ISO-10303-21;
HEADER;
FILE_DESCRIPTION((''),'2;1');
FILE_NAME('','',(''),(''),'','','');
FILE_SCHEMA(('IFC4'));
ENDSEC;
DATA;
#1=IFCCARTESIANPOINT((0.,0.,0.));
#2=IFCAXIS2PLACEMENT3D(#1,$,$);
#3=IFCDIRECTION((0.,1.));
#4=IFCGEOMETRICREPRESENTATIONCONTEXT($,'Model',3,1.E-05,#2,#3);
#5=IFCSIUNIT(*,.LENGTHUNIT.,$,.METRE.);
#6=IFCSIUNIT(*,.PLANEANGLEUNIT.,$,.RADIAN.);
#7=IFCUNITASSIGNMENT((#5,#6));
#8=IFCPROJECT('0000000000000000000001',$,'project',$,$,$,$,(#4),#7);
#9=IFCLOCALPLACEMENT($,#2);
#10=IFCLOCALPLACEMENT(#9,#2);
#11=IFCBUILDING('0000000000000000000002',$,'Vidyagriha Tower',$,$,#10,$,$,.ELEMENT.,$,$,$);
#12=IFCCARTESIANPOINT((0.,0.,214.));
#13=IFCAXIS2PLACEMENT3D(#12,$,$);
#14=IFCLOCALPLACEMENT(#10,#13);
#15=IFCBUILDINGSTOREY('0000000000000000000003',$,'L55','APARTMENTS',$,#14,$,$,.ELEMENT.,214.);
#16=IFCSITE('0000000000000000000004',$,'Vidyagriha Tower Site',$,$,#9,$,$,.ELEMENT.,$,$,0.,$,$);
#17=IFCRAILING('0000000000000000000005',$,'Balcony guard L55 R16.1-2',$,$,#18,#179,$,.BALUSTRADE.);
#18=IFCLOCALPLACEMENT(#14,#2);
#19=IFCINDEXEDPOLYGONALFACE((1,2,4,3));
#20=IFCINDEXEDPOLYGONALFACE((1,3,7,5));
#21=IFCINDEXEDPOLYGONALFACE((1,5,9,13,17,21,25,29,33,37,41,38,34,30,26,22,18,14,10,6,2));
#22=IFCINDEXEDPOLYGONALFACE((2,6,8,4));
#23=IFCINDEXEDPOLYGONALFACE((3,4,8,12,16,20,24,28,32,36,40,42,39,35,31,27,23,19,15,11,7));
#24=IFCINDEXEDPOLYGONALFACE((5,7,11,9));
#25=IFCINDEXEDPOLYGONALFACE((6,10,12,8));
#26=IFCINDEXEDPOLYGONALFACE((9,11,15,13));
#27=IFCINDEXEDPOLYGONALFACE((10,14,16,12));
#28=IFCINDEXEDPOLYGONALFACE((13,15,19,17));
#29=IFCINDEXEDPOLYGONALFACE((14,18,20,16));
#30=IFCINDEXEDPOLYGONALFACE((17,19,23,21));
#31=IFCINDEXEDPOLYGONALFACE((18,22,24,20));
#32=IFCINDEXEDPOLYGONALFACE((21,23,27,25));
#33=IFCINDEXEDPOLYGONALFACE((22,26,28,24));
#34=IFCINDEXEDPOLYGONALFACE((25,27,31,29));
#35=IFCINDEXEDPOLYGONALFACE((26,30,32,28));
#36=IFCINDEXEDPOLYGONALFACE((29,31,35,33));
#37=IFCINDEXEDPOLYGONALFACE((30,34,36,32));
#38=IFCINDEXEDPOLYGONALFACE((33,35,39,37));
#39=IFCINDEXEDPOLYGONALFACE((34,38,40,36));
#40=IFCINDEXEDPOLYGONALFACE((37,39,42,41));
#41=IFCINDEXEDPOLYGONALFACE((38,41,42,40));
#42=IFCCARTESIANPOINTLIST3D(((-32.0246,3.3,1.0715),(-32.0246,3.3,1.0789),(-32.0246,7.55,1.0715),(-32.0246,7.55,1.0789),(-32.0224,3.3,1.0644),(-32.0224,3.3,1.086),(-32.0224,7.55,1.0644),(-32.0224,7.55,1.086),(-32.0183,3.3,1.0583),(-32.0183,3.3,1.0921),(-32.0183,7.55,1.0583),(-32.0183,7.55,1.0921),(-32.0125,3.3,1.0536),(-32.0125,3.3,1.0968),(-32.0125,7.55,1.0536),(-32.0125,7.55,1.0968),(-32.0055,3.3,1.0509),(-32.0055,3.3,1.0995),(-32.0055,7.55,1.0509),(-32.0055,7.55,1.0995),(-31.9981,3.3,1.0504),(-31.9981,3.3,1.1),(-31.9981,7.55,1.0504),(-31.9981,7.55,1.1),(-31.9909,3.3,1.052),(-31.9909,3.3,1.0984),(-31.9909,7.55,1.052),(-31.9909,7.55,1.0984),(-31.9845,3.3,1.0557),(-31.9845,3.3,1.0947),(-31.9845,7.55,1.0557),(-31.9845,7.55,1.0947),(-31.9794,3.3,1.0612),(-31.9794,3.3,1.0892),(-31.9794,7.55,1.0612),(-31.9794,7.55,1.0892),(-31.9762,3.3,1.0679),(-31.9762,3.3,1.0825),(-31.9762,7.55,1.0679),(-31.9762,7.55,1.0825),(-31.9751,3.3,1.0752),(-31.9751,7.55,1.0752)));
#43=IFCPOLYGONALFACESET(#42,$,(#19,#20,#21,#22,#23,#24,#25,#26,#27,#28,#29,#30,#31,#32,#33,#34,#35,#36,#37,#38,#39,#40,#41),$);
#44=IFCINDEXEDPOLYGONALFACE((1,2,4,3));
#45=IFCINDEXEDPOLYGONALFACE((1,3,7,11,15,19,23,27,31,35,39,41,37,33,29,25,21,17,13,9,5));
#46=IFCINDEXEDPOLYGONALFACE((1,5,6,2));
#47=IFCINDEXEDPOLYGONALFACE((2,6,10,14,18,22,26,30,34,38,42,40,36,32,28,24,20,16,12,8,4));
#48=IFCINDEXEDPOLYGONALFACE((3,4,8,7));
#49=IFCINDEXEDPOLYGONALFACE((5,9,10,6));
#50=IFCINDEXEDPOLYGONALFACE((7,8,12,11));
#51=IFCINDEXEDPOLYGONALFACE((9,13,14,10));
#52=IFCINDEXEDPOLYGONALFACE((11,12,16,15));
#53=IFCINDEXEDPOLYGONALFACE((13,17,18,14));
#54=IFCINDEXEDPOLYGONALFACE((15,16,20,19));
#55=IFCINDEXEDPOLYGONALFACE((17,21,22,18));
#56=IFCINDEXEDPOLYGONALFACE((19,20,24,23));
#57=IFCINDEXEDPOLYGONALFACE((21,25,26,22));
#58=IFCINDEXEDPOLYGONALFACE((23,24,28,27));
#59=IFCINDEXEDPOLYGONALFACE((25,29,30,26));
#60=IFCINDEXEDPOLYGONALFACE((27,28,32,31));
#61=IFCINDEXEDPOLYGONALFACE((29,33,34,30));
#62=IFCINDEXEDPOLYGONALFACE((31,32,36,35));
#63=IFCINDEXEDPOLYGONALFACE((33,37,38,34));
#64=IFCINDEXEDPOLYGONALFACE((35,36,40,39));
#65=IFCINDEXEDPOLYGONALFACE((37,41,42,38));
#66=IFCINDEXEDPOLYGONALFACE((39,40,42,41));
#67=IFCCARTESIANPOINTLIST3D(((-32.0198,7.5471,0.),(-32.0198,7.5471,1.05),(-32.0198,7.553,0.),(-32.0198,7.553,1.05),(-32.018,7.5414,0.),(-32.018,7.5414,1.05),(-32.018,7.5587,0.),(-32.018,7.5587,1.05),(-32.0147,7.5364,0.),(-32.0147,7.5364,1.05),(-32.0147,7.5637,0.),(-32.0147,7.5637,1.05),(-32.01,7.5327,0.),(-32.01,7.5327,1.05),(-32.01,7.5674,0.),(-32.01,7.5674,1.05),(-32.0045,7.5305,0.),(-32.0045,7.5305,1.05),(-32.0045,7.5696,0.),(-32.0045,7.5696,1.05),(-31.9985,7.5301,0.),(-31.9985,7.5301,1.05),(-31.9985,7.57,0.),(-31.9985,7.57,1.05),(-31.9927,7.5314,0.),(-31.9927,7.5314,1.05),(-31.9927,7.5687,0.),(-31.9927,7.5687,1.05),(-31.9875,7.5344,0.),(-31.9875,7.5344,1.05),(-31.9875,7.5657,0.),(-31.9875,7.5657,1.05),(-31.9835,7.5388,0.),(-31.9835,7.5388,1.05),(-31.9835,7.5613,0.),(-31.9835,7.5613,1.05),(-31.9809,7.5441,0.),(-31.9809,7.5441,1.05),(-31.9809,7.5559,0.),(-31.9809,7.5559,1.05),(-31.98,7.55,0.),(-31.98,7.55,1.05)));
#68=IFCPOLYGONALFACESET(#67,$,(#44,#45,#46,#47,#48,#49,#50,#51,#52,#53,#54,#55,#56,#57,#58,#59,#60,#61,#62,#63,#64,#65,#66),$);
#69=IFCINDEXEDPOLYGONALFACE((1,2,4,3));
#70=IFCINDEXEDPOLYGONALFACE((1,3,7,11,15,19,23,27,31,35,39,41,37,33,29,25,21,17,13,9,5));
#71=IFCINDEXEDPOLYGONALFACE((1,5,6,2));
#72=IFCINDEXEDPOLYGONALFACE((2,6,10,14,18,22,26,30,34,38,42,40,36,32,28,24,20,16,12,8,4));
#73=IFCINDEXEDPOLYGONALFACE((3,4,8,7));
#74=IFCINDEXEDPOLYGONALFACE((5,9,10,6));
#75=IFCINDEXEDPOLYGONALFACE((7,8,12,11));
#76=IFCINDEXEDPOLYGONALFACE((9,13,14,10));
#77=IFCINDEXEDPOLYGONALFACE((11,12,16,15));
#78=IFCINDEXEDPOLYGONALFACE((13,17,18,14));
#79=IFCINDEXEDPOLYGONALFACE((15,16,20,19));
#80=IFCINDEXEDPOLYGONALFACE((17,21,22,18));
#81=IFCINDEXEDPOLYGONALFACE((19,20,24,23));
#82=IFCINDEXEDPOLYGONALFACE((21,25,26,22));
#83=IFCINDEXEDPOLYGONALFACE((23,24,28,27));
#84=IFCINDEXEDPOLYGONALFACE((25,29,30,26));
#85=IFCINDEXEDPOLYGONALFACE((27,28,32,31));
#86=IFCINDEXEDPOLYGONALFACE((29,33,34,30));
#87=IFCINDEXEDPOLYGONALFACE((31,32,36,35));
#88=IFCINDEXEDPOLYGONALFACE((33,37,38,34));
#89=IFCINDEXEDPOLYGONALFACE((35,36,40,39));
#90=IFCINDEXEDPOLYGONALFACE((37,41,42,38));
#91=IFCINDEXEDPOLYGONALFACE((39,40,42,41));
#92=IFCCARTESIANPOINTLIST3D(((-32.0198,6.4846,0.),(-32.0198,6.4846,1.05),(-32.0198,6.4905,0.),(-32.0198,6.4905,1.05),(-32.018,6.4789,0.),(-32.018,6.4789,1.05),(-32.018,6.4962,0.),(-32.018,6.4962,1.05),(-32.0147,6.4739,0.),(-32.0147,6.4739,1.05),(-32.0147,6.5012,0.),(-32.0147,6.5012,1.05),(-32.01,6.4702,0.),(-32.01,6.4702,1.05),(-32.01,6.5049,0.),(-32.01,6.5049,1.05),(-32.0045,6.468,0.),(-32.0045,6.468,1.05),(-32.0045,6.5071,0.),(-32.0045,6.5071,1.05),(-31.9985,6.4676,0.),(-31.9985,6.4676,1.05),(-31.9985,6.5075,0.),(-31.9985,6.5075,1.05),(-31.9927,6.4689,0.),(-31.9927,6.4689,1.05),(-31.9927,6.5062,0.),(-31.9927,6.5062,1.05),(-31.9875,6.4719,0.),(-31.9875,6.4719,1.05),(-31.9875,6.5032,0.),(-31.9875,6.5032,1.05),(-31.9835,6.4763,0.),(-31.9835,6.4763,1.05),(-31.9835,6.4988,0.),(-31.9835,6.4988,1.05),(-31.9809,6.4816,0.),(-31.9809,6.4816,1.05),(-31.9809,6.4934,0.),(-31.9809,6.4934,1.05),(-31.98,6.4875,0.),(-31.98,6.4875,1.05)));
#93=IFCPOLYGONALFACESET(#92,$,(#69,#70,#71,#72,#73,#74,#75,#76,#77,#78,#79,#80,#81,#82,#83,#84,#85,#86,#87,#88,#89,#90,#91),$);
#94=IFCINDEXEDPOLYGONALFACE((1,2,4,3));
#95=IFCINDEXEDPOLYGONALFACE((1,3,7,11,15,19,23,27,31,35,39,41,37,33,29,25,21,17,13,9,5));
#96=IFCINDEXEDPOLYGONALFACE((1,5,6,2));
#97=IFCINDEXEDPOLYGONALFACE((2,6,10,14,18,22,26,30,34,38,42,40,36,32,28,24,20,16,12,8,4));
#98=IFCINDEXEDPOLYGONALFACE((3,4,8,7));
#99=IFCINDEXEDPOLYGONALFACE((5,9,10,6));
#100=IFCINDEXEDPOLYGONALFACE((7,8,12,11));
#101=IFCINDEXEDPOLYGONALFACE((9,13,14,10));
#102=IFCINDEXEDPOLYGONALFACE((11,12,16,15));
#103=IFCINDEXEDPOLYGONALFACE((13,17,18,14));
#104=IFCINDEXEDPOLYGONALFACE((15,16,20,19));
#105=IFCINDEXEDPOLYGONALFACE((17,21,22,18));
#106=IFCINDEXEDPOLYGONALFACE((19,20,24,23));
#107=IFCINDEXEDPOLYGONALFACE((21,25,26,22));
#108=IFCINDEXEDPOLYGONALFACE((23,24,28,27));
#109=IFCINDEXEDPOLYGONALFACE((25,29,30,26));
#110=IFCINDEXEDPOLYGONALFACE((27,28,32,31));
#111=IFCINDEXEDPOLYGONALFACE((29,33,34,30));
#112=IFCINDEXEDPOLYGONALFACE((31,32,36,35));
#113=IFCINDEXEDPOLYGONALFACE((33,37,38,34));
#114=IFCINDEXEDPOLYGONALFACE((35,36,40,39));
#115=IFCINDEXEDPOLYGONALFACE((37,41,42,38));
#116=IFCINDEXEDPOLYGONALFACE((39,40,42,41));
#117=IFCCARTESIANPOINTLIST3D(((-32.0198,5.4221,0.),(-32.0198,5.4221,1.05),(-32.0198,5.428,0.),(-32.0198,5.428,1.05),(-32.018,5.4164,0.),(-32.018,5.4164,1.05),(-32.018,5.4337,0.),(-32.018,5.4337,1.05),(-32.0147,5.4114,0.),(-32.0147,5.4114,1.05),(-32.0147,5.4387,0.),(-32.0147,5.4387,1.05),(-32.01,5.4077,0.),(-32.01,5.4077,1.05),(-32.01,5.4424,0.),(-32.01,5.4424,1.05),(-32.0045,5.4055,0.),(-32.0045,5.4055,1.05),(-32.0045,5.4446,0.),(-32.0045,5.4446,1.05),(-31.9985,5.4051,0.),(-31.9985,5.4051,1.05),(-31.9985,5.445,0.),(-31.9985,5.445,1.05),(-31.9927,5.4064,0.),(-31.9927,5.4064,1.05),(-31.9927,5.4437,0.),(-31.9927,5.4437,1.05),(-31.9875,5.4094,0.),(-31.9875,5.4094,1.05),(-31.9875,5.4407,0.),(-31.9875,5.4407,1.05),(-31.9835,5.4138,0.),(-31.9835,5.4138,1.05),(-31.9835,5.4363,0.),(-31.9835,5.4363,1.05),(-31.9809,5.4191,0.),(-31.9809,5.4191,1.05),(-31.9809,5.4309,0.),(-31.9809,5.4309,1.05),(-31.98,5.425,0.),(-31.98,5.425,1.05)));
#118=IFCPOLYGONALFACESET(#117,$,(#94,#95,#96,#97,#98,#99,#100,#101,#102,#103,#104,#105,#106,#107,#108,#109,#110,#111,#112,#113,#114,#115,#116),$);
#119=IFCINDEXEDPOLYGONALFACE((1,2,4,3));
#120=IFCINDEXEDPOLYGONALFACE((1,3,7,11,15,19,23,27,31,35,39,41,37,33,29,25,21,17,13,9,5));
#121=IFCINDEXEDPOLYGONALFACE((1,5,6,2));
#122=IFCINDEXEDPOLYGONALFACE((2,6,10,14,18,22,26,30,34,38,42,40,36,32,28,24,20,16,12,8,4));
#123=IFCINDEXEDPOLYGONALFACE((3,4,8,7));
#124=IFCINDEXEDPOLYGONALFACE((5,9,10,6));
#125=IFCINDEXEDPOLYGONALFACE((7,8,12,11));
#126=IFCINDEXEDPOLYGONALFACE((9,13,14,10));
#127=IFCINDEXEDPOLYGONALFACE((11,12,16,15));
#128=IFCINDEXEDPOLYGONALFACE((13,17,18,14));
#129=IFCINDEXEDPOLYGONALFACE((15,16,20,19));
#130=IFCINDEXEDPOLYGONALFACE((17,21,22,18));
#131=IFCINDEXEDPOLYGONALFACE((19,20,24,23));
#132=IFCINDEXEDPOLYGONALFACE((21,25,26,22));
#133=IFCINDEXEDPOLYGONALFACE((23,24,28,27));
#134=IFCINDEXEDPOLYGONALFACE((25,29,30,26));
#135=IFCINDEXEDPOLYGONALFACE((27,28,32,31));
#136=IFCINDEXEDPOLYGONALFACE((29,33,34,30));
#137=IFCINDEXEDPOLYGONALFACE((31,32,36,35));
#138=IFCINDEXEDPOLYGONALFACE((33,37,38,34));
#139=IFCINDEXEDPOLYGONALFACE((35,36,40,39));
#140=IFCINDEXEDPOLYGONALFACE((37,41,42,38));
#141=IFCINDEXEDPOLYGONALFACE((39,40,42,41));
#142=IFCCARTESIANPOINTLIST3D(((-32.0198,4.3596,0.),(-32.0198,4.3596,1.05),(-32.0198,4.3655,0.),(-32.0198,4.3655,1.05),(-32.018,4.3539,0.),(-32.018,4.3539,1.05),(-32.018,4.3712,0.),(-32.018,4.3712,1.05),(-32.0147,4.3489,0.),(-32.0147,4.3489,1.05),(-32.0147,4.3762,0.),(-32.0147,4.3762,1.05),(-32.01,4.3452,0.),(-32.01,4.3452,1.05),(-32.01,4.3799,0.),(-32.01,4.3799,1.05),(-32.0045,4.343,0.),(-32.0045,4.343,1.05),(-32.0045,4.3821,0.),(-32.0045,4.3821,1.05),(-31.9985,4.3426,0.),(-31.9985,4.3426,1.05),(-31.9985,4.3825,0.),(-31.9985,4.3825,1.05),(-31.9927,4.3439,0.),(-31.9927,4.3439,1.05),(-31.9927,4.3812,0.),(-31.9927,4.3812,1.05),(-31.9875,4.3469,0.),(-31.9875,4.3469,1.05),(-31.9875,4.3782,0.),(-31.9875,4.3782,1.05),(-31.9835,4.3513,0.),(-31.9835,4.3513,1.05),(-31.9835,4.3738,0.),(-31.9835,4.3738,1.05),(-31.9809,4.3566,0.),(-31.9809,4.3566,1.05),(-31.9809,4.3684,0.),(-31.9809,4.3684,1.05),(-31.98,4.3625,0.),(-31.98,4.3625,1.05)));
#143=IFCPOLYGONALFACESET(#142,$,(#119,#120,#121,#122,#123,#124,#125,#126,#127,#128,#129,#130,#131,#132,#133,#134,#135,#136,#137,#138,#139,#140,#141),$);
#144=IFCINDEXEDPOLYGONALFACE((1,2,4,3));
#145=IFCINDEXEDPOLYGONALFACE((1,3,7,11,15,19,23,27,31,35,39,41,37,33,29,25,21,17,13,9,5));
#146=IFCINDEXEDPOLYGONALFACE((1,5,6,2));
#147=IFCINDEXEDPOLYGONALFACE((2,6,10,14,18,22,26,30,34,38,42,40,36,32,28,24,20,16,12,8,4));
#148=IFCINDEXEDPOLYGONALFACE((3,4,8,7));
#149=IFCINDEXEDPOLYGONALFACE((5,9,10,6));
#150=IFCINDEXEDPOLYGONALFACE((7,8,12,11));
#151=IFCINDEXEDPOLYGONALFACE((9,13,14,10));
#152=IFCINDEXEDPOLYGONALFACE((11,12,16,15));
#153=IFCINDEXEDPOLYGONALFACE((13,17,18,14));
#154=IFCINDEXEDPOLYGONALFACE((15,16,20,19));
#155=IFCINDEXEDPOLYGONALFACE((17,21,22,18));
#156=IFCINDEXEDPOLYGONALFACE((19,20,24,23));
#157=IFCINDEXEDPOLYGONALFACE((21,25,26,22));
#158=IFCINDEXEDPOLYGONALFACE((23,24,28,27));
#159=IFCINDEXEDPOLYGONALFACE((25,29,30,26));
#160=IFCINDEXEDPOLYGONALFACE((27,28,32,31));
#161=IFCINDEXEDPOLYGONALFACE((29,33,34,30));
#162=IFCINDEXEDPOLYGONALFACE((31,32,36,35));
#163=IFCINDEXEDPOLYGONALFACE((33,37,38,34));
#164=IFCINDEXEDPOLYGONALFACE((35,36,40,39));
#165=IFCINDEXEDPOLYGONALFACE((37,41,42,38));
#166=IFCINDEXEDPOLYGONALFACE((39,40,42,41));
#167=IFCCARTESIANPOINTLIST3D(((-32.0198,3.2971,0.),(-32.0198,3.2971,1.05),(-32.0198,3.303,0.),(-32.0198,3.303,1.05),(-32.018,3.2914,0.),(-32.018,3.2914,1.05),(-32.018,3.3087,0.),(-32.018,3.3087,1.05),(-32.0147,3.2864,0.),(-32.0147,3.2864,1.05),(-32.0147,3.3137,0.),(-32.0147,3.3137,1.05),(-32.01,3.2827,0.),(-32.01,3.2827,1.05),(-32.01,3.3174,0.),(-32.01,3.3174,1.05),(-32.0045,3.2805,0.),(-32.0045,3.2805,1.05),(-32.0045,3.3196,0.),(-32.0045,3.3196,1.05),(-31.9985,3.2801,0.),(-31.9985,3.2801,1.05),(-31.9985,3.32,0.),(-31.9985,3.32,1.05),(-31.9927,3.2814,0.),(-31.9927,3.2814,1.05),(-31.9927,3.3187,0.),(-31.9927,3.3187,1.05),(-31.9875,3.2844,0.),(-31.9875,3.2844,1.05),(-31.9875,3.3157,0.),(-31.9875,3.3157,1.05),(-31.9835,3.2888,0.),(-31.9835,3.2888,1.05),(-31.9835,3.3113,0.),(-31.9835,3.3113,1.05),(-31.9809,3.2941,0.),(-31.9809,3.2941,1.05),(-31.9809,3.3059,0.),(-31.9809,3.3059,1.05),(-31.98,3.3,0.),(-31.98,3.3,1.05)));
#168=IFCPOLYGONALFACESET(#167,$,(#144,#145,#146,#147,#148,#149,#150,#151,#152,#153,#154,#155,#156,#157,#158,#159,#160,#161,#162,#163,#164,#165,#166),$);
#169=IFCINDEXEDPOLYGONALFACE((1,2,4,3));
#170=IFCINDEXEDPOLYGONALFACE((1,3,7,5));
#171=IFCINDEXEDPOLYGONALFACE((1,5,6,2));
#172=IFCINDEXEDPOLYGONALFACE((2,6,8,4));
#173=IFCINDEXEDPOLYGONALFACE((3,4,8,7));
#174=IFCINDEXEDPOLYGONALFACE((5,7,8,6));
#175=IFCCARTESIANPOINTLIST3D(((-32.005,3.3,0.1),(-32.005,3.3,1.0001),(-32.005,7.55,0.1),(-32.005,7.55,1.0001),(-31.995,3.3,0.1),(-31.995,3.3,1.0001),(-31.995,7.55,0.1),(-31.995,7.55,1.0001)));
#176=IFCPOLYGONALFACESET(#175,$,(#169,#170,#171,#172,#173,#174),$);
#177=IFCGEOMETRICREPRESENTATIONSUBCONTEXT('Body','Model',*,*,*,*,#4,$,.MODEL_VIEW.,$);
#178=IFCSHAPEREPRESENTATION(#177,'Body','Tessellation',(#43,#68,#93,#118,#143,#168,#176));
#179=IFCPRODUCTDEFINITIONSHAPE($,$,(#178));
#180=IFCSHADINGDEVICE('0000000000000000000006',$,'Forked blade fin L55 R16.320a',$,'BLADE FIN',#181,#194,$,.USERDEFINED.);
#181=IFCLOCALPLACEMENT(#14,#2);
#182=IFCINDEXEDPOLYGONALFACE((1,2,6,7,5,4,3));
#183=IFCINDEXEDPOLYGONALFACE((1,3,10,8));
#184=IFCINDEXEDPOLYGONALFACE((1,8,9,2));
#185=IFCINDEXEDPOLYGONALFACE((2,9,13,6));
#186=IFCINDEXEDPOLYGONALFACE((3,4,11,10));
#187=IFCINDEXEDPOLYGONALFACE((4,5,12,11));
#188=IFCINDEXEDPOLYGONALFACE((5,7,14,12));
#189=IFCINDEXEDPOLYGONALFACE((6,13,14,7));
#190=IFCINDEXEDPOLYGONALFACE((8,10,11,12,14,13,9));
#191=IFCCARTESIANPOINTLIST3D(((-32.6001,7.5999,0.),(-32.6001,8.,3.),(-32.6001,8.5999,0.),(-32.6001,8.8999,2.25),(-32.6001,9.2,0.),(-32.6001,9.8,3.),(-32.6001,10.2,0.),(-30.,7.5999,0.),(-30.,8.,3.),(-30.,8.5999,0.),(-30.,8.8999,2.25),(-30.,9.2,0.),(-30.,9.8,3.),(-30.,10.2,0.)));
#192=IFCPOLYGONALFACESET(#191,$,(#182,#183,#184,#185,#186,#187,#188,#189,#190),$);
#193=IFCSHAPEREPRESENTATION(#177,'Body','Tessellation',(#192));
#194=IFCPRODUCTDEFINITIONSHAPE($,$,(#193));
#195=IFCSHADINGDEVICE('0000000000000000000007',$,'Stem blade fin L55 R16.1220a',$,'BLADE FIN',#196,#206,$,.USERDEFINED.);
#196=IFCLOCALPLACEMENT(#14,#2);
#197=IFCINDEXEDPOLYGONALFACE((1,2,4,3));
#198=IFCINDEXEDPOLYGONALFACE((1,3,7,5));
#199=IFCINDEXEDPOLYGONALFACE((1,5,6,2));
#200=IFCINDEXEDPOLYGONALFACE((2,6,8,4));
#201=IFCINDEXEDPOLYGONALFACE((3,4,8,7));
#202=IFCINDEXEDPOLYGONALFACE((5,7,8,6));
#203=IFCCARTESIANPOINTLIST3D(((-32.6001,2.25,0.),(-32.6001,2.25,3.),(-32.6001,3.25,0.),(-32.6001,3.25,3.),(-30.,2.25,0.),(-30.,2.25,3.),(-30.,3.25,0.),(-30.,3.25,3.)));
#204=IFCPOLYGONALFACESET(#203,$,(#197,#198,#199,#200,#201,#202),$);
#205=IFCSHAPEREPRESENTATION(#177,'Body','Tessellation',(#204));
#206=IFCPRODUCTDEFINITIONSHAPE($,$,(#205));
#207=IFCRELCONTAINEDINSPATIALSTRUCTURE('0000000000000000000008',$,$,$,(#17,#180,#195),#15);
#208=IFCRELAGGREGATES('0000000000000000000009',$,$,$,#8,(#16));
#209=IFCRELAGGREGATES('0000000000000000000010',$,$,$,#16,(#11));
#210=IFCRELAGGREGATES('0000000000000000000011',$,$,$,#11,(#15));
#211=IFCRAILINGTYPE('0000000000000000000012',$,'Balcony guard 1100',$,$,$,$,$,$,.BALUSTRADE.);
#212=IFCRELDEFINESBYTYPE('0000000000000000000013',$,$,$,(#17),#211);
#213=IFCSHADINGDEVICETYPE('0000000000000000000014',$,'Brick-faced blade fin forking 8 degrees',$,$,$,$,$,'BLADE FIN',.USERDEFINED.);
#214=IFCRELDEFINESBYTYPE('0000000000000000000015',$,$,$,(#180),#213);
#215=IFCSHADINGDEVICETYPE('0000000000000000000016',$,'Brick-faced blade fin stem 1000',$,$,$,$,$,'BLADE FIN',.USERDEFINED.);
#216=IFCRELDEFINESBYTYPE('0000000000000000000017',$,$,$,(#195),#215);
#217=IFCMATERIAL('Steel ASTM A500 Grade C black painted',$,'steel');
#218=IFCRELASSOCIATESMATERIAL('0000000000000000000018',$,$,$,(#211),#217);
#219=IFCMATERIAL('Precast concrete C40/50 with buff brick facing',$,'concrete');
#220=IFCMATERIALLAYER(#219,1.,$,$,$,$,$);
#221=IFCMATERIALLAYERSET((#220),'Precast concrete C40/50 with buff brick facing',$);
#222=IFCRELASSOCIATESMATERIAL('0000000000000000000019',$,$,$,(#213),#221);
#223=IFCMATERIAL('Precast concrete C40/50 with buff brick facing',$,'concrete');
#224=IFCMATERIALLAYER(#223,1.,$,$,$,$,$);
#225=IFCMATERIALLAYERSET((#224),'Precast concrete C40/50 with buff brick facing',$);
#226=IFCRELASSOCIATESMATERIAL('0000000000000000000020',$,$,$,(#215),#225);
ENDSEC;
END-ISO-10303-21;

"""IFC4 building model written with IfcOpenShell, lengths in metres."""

from ifc_helpers import new_model, si_unit, direction, frame, origin, origin_2d, place, context, subcontext, project, spatial, polyline, rectangle, circle, outline, extrude, material, layer, layer_set, type_object, element, save


model = new_model("IFC4")

# Units and contexts
model_context = context("Model", 3, precision=1e-05, world=origin(), true_north=direction((0.0, 1.0)))
body_context = subcontext(model_context, "Body", "Model", "MODEL_VIEW")
ifc_project = project(units=[si_unit("LENGTHUNIT", "METRE"), si_unit("PLANEANGLEUNIT", "RADIAN")], contexts=[model_context])

# Site, building, storey
site_placement = place(None, origin())
site = spatial("IfcSite", under=ifc_project, at=site_placement, Name="Vidyagriha Tower Site", CompositionType="ELEMENT", RefElevation=0.0)
building_placement = place(site_placement, origin())
building = spatial("IfcBuilding", under=site, at=building_placement, Name="Vidyagriha Tower", CompositionType="ELEMENT")
storey_placement = place(building_placement, frame((0.0, 0.0, 214.0)))
storey = spatial("IfcBuildingStorey", under=building, at=storey_placement, Name="L55", Description="APARTMENTS", CompositionType="ELEMENT", Elevation=214.0)

# Railing
ifc_material_1 = material(Name="Steel ASTM A500 Grade C black painted", Category="steel")
railing_type_1 = type_object("IfcRailingType", Name="Balcony guard 1100", PredefinedType="BALUSTRADE", material=ifc_material_1)
railing_1_placement = place(storey_placement, frame((-32.0, 7.55, 0.0)))
element("IfcRailing", 1, at=railing_1_placement, inside=storey, type_object=railing_type_1, Name="Balcony guard L55 R16.1-2", PredefinedType="BALUSTRADE", context=body_context, shape_type="SweptSolid", body=[
    extrude(circle(Radius=0.0249, at=origin_2d()), frame((0.0, 0.0, 1.0752), z_axis=(0.0, -1.0, 0.0), x_axis=(1.0, 0.0, 0.0)), (0.0, 0.0, 1.0), 4.25),
    extrude(circle(Radius=0.02, at=origin_2d()), origin(), (0.0, 0.0, 1.0), 1.05),
    extrude(circle(Radius=0.02, at=origin_2d()), frame((0.0, -1.0625, 0.0)), (0.0, 0.0, 1.0), 1.05),
    extrude(circle(Radius=0.02, at=origin_2d()), frame((0.0, -2.125, 0.0)), (0.0, 0.0, 1.0), 1.05),
    extrude(circle(Radius=0.02, at=origin_2d()), frame((0.0, -3.1875, 0.0)), (0.0, 0.0, 1.0), 1.05),
    extrude(circle(Radius=0.02, at=origin_2d()), frame((0.0, -4.25, 0.0)), (0.0, 0.0, 1.0), 1.05),
    extrude(rectangle(XDim=0.01, YDim=0.9001, at=origin_2d()), frame((0.0, 0.0, 0.55), z_axis=(0.0, -1.0, 0.0), x_axis=(1.0, 0.0, 0.0)), (0.0, 0.0, 1.0), 4.25),
])

# Shading devices
ifc_material_2 = material(Name="Precast concrete C40/50 with buff brick facing", Category="concrete")
ifc_layer_1 = layer(ifc_material_2, 1.0)
ifc_layer_set_1 = layer_set([ifc_layer_1], Name="Precast concrete C40/50 with buff brick facing")
shading_device_type_1 = type_object("IfcShadingDeviceType", Name="Brick-faced blade fin forking 8 degrees", ElementType="BLADE FIN", PredefinedType="USERDEFINED", material=ifc_layer_set_1)
shading_device_1_placement = place(storey_placement, frame((-31.3, 10.2, 0.0), z_axis=(0.0, 0.0, 1.0), x_axis=(0.0, -1.0, 0.0)))
element("IfcShadingDevice", 2, at=shading_device_1_placement, inside=storey, type_object=shading_device_type_1, Name="Forked blade fin L55 R16.320a", ObjectType="BLADE FIN", PredefinedType="USERDEFINED", context=body_context, shape_type="SweptSolid", body=[
    extrude(outline(polyline([(1.0, 0.0), (1.3, 2.25), (1.6001, 0.0), (2.6001, 0.0), (2.2, 3.0), (0.3999, 3.0), (0.0, 0.0), (1.0, 0.0)])), frame((0.0, 1.3, 0.0), z_axis=(0.0, -1.0, 0.0), x_axis=(1.0, 0.0, 0.0)), (0.0, 0.0, 1.0), 2.6001),
])
ifc_material_3 = material(Name="Precast concrete C40/50 with buff brick facing", Category="concrete")
ifc_layer_2 = layer(ifc_material_3, 1.0)
ifc_layer_set_2 = layer_set([ifc_layer_2], Name="Precast concrete C40/50 with buff brick facing")
shading_device_type_2 = type_object("IfcShadingDeviceType", Name="Brick-faced blade fin stem 1000", ElementType="BLADE FIN", PredefinedType="USERDEFINED", material=ifc_layer_set_2)
shading_device_2_placement = place(storey_placement, frame((-31.3, 3.25, 0.0), z_axis=(0.0, 0.0, 1.0), x_axis=(0.0, -1.0, 0.0)))
element("IfcShadingDevice", 3, at=shading_device_2_placement, inside=storey, type_object=shading_device_type_2, Name="Stem blade fin L55 R16.1220a", ObjectType="BLADE FIN", PredefinedType="USERDEFINED", context=body_context, shape_type="SweptSolid", body=[
    extrude(outline(polyline([(0.0, 0.0), (1.0, 0.0), (1.0, 3.0), (0.0, 3.0), (0.0, 0.0)])), frame((0.0, 1.3, 0.0), z_axis=(0.0, -1.0, 0.0), x_axis=(1.0, 0.0, 0.0)), (0.0, 0.0, 1.0), 2.6001),
])

save(model, "model.ifc")
